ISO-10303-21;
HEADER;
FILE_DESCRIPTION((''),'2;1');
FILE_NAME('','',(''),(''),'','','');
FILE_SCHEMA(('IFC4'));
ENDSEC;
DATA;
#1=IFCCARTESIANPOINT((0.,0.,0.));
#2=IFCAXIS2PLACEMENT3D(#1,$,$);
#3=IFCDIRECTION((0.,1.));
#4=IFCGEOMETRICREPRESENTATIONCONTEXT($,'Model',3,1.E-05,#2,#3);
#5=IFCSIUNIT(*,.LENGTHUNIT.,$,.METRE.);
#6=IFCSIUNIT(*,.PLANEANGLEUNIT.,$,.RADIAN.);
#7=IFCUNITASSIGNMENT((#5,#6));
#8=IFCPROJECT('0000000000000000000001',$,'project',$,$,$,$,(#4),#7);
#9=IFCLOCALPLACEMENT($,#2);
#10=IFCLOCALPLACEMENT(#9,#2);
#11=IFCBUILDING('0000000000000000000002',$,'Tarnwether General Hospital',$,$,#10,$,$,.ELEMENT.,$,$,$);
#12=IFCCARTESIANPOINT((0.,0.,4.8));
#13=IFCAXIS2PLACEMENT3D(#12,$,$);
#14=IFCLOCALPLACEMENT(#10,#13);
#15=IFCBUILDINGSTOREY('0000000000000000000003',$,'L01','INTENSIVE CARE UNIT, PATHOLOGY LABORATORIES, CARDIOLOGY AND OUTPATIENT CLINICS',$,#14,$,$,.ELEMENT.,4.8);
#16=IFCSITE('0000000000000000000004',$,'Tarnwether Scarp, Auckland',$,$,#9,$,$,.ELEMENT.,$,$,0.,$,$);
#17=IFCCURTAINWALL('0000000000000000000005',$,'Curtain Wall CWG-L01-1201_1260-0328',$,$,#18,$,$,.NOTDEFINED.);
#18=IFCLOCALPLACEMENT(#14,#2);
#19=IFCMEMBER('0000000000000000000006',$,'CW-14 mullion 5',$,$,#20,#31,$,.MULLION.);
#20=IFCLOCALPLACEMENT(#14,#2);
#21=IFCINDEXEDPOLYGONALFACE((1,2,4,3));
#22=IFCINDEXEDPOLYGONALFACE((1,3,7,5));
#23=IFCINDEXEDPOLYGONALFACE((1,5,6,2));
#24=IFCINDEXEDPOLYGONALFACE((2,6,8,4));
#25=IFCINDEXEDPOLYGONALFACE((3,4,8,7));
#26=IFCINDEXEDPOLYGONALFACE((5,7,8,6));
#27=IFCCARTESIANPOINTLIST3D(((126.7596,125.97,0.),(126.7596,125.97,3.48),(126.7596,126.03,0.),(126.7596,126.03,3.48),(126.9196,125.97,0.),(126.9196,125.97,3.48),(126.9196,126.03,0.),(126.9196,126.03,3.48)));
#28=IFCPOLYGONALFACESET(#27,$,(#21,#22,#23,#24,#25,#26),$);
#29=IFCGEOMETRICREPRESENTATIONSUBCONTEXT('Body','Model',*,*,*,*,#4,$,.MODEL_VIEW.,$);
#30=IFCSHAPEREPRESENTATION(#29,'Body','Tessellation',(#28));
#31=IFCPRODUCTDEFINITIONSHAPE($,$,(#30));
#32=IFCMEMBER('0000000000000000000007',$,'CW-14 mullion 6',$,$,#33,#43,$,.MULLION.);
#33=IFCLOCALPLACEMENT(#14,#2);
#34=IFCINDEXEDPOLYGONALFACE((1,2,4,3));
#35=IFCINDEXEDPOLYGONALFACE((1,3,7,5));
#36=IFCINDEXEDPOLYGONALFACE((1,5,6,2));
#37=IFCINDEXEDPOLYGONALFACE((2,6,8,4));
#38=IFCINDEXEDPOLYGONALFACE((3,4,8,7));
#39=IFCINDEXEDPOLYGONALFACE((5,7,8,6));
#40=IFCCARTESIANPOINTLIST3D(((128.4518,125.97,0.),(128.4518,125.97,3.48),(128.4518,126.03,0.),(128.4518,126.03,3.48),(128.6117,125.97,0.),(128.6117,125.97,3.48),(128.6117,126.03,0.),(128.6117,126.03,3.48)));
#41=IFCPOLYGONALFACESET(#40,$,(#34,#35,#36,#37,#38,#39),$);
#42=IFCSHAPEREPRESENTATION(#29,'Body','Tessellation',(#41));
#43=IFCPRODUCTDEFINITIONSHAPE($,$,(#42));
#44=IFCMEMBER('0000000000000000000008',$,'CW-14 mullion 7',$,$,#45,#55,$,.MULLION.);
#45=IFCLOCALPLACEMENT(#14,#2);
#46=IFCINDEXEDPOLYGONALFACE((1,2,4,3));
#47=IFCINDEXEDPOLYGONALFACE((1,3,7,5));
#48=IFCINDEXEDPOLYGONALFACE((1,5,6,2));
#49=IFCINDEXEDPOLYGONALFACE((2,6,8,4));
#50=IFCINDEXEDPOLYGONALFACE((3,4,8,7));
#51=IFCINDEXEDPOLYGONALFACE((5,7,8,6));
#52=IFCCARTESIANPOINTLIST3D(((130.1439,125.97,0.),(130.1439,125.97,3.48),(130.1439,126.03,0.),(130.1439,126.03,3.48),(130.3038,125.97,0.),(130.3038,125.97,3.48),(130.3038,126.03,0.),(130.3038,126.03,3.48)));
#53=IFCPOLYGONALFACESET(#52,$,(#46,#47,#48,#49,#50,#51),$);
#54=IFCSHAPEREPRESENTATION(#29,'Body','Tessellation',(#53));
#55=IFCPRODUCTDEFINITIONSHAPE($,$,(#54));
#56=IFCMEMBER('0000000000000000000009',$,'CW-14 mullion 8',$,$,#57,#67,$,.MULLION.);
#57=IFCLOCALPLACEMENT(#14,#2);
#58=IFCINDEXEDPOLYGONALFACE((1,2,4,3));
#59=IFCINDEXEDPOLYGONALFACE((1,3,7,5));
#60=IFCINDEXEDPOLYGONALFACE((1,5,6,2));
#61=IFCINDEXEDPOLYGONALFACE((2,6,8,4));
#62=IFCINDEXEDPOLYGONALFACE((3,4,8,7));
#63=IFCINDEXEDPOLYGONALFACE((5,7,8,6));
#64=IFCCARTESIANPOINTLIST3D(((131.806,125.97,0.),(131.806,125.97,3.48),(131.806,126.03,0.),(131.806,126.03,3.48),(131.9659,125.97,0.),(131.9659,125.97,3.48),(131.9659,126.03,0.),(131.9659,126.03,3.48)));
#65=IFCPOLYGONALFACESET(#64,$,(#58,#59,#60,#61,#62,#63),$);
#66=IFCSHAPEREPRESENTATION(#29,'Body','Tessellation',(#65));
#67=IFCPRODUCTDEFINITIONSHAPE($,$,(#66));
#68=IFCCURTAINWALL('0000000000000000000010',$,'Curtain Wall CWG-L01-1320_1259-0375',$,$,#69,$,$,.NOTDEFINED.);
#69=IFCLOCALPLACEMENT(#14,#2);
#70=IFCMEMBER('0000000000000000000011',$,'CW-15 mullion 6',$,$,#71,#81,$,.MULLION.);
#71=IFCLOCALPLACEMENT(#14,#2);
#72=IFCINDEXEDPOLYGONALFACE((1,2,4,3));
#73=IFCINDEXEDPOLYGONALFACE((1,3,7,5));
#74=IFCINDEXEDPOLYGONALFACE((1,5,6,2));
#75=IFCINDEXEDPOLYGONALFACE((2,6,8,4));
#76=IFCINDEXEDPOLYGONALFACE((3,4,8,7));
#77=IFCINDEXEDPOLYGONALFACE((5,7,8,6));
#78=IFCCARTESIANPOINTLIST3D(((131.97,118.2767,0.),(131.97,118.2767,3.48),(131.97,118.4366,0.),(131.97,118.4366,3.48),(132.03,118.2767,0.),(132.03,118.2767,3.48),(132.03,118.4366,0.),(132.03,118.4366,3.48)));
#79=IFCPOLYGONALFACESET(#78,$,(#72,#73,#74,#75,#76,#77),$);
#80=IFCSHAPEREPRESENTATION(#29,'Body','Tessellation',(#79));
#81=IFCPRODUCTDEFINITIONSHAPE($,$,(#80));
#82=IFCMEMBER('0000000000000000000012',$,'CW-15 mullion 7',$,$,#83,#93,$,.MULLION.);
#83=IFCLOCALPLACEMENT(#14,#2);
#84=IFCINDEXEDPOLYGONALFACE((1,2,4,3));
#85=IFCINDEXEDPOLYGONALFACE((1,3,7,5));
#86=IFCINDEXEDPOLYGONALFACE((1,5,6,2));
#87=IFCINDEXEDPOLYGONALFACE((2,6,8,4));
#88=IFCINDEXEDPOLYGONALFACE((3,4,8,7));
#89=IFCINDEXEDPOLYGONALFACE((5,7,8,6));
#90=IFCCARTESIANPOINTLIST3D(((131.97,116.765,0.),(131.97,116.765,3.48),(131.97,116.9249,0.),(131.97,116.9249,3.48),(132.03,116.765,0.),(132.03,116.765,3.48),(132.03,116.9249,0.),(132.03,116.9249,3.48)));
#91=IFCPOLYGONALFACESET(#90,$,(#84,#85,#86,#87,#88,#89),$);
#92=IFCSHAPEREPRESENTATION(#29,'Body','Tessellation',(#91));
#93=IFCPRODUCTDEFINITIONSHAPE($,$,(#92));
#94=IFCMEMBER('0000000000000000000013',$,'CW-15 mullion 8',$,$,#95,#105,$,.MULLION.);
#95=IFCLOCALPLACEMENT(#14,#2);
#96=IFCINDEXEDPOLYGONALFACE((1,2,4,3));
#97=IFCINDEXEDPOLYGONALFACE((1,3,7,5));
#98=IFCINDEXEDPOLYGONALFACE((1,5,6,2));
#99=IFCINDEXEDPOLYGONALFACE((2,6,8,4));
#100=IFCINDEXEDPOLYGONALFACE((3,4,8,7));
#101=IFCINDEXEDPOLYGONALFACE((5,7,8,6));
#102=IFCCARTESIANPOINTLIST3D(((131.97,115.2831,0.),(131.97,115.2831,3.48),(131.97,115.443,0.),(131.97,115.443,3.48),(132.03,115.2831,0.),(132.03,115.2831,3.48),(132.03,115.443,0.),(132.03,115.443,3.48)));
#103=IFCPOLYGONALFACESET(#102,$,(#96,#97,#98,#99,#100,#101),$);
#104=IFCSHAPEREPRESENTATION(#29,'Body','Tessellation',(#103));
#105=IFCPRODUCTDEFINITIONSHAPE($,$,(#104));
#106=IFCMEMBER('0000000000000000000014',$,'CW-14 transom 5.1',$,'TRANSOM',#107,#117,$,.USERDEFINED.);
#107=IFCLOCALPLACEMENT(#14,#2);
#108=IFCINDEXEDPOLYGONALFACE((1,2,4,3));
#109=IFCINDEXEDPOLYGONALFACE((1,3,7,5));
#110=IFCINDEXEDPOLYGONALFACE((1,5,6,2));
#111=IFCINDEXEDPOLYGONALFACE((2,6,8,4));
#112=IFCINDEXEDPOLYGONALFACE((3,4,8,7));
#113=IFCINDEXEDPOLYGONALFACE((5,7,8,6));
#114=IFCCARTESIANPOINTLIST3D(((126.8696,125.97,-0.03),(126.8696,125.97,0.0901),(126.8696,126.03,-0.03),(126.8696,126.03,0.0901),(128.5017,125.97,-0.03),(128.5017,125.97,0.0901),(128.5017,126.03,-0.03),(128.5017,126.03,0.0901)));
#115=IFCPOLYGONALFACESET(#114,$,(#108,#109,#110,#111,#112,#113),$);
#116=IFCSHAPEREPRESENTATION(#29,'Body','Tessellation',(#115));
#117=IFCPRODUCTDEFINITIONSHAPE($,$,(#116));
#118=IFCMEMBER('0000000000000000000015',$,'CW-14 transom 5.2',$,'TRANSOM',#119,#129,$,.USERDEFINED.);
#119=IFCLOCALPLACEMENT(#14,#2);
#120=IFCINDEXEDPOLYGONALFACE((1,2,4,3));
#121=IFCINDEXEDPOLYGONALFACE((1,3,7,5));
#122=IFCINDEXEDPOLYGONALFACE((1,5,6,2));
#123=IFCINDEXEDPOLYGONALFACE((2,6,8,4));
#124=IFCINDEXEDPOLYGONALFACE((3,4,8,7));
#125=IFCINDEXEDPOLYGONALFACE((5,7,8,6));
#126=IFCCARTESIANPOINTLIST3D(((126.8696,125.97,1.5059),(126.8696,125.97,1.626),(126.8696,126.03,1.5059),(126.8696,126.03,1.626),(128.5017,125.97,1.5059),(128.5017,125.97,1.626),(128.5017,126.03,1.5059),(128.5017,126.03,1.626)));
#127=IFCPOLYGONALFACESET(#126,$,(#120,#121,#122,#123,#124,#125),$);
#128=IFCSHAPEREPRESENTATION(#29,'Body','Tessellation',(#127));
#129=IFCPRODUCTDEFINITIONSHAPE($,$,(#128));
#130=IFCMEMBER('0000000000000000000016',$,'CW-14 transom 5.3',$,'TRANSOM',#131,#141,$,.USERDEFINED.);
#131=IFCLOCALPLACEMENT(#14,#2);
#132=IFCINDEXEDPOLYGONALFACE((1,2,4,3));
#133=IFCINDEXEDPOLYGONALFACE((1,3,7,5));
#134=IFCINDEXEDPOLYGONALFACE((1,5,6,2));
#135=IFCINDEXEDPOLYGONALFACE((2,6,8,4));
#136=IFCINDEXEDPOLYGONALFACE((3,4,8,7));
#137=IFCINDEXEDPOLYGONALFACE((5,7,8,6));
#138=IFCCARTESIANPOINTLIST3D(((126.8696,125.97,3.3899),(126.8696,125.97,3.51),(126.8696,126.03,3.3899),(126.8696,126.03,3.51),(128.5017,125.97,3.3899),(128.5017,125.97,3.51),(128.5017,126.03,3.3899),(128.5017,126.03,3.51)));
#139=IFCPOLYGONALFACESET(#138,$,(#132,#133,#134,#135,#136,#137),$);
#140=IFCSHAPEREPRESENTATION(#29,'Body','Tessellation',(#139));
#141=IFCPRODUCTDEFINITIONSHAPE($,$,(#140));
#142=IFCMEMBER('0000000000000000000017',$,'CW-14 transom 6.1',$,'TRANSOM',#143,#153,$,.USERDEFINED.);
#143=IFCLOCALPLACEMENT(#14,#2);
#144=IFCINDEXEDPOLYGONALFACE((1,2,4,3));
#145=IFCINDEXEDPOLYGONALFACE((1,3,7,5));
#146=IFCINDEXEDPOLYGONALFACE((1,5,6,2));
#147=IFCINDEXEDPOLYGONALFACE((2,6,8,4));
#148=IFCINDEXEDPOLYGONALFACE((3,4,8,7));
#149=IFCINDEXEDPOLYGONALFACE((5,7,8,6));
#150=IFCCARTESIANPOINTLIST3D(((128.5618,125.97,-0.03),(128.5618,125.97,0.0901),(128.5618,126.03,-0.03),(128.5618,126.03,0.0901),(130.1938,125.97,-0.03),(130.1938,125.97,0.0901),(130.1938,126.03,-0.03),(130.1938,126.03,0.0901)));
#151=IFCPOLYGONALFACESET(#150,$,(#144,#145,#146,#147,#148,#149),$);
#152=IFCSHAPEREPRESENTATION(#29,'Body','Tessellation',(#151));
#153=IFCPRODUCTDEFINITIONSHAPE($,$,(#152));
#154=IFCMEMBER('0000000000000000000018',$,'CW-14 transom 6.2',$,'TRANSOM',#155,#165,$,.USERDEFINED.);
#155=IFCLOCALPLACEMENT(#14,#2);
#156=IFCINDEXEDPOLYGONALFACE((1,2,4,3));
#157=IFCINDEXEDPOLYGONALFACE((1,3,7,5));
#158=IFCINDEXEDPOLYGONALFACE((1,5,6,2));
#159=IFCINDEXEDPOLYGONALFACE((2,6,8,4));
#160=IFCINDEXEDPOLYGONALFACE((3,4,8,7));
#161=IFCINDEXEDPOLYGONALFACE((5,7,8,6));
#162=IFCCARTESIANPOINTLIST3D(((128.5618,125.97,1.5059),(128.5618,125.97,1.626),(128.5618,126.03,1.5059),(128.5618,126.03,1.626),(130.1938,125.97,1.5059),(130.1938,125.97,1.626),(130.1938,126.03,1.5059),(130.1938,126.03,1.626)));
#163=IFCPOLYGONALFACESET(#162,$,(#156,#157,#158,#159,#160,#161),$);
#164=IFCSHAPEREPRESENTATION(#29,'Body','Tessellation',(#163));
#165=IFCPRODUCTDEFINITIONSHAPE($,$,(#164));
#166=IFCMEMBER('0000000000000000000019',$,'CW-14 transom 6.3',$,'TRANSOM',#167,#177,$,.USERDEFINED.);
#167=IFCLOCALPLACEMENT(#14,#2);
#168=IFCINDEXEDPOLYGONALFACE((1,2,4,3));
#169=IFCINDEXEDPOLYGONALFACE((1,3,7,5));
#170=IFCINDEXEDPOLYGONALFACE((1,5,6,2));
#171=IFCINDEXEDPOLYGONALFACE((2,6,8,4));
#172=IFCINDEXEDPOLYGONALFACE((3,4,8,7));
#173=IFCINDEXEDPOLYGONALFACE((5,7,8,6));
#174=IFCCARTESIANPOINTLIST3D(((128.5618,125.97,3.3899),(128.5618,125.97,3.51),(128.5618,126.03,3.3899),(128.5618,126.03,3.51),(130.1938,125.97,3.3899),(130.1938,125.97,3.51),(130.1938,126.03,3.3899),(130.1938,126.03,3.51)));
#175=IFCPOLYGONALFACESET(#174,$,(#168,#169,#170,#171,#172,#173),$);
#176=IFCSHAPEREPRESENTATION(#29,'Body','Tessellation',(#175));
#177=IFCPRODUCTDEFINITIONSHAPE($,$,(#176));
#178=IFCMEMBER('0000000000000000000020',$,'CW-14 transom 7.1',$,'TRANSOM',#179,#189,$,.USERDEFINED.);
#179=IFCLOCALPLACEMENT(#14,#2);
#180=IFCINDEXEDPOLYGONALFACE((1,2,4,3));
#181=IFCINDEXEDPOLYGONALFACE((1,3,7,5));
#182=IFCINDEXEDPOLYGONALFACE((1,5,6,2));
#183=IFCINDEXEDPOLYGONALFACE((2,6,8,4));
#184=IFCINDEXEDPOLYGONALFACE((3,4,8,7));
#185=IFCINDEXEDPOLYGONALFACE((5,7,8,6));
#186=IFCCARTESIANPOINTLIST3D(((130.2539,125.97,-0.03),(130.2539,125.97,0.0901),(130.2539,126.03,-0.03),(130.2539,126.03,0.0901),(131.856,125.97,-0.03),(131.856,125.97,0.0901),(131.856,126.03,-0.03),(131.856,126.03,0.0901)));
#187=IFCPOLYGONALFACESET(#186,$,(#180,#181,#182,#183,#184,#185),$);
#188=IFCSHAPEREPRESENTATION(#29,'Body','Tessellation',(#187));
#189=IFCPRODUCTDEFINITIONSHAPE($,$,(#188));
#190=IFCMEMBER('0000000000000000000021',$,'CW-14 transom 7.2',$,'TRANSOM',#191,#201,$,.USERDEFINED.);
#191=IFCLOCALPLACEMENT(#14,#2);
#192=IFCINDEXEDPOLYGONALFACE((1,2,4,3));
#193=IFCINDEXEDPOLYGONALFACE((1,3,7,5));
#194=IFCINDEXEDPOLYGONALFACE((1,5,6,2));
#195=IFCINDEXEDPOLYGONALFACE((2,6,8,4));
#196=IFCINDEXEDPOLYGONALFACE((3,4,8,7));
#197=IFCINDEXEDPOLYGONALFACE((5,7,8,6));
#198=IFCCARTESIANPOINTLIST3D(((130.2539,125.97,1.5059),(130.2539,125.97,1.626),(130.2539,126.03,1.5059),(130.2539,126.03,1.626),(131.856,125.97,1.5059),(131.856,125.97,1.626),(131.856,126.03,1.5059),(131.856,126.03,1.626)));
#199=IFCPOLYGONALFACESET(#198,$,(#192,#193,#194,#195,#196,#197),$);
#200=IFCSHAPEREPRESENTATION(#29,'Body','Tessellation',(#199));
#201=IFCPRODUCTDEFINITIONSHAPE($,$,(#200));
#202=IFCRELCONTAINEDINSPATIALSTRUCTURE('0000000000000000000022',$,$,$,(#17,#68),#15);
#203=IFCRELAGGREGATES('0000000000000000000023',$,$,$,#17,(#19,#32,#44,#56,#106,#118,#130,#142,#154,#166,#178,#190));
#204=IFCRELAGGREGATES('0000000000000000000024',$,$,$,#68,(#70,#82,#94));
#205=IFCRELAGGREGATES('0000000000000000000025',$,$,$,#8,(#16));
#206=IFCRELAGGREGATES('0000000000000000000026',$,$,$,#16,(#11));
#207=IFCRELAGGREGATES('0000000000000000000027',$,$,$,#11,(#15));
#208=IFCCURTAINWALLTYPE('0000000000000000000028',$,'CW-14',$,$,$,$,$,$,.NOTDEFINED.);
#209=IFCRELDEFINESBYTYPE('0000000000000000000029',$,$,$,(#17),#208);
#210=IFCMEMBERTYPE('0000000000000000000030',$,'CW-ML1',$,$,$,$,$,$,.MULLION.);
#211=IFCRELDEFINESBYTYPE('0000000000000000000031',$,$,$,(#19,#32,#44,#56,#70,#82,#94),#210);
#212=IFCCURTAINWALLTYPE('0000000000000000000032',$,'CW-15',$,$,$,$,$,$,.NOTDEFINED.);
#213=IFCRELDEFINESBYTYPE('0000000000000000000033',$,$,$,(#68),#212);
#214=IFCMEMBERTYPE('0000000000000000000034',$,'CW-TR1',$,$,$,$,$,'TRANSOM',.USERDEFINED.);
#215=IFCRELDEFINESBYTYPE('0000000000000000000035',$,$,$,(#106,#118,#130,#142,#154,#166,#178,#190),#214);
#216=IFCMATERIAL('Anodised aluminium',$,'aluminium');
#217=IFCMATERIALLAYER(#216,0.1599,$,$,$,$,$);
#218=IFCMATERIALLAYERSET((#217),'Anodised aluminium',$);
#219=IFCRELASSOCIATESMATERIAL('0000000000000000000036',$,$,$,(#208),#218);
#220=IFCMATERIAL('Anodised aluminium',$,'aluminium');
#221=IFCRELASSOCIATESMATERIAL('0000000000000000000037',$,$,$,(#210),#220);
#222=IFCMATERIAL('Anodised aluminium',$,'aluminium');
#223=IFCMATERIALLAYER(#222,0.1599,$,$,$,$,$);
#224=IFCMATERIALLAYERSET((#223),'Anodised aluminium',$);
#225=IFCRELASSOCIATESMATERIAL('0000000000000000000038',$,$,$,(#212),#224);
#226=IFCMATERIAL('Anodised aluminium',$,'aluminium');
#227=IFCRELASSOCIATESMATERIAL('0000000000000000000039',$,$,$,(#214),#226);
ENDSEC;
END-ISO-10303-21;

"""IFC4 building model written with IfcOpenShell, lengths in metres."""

from ifc_helpers import new_model, si_unit, direction, frame, origin, origin_2d, place, context, subcontext, project, spatial, rectangle, extrude, material, layer, layer_set, material_profile, profile_set, type_object, element, aggregate, save


model = new_model("IFC4")

# Units and contexts
model_context = context("Model", 3, precision=1e-05, world=origin(), true_north=direction((0.0, 1.0)))
body_context = subcontext(model_context, "Body", "Model", "MODEL_VIEW")
ifc_project = project(units=[si_unit("LENGTHUNIT", "METRE"), si_unit("PLANEANGLEUNIT", "RADIAN")], contexts=[model_context])

# Site, building, storey
site_placement = place(None, origin())
site = spatial("IfcSite", under=ifc_project, at=site_placement, Name="Tarnwether Scarp, Auckland", CompositionType="ELEMENT", RefElevation=0.0)
building_placement = place(site_placement, origin())
building = spatial("IfcBuilding", under=site, at=building_placement, Name="Tarnwether General Hospital", CompositionType="ELEMENT")
storey_placement = place(building_placement, frame((0.0, 0.0, 4.8)))
storey = spatial("IfcBuildingStorey", under=building, at=storey_placement, Name="L01", Description="INTENSIVE CARE UNIT, PATHOLOGY LABORATORIES, CARDIOLOGY AND OUTPATIENT CLINICS", CompositionType="ELEMENT", Elevation=4.8)

# Curtain walls, members
ifc_material_1 = material(Name="Anodised aluminium", Category="aluminium")
ifc_layer_1 = layer(ifc_material_1, 0.1599)
ifc_layer_set_1 = layer_set([ifc_layer_1], Name="Anodised aluminium")
curtain_wall_type_1 = type_object("IfcCurtainWallType", Name="CW-14", PredefinedType="NOTDEFINED", material=ifc_layer_set_1)
curtain_wall_1_placement = place(storey_placement, origin())
curtain_wall_1 = element("IfcCurtainWall", 1, at=curtain_wall_1_placement, inside=storey, type_object=curtain_wall_type_1, Name="Curtain Wall CWG-L01-1201_1260-0328", PredefinedType="NOTDEFINED")
ifc_material_2 = material(Name="Anodised aluminium", Category="aluminium")
ifc_material_profile_1 = material_profile(ifc_material_2, rectangle(XDim=0.0601, YDim=0.1599, at=origin_2d()), Name="ALU-MUL-60x160")
ifc_profile_set_1 = profile_set([ifc_material_profile_1], Name="Anodised aluminium")
member_type_1 = type_object("IfcMemberType", Name="CW-ML1", PredefinedType="MULLION", material=ifc_profile_set_1)
member_1_placement = place(storey_placement, frame((126.8396, 126.0, 0.0), z_axis=(0.0, 0.0, 1.0), x_axis=(0.0, 1.0, 0.0)))
member_1 = element("IfcMember", 2, at=member_1_placement, type_object=member_type_1, Name="CW-14 mullion 5", PredefinedType="MULLION", context=body_context, shape_type="SweptSolid", body=[
    extrude(rectangle(XDim=0.0601, YDim=0.1599, at=origin_2d()), origin(), (0.0, 0.0, 1.0), 3.48),
])
member_2_placement = place(storey_placement, frame((128.5317, 126.0, 0.0), z_axis=(0.0, 0.0, 1.0), x_axis=(0.0, 1.0, 0.0)))
member_2 = element("IfcMember", 3, at=member_2_placement, type_object=member_type_1, Name="CW-14 mullion 6", PredefinedType="MULLION", context=body_context, shape_type="SweptSolid", body=[
    extrude(rectangle(XDim=0.0601, YDim=0.1599, at=origin_2d()), origin(), (0.0, 0.0, 1.0), 3.48),
])
member_3_placement = place(storey_placement, frame((130.2239, 126.0, 0.0), z_axis=(0.0, 0.0, 1.0), x_axis=(0.0, 1.0, 0.0)))
member_3 = element("IfcMember", 4, at=member_3_placement, type_object=member_type_1, Name="CW-14 mullion 7", PredefinedType="MULLION", context=body_context, shape_type="SweptSolid", body=[
    extrude(rectangle(XDim=0.0601, YDim=0.1599, at=origin_2d()), origin(), (0.0, 0.0, 1.0), 3.48),
])
member_4_placement = place(storey_placement, frame((131.886, 126.0, 0.0), z_axis=(0.0, 0.0, 1.0), x_axis=(0.0, 1.0, 0.0)))
member_4 = element("IfcMember", 5, at=member_4_placement, type_object=member_type_1, Name="CW-14 mullion 8", PredefinedType="MULLION", context=body_context, shape_type="SweptSolid", body=[
    extrude(rectangle(XDim=0.0601, YDim=0.1599, at=origin_2d()), origin(), (0.0, 0.0, 1.0), 3.48),
])
ifc_material_3 = material(Name="Anodised aluminium", Category="aluminium")
ifc_layer_2 = layer(ifc_material_3, 0.1599)
ifc_layer_set_2 = layer_set([ifc_layer_2], Name="Anodised aluminium")
curtain_wall_type_2 = type_object("IfcCurtainWallType", Name="CW-15", PredefinedType="NOTDEFINED", material=ifc_layer_set_2)
curtain_wall_2_placement = place(storey_placement, origin())
curtain_wall_2 = element("IfcCurtainWall", 6, at=curtain_wall_2_placement, inside=storey, type_object=curtain_wall_type_2, Name="Curtain Wall CWG-L01-1320_1259-0375", PredefinedType="NOTDEFINED")
member_5_placement = place(storey_placement, frame((132.0, 118.3567, 0.0), z_axis=(0.0, 0.0, 1.0), x_axis=(1.0, 0.0, 0.0)))
member_5 = element("IfcMember", 7, at=member_5_placement, type_object=member_type_1, Name="CW-15 mullion 6", PredefinedType="MULLION", context=body_context, shape_type="SweptSolid", body=[
    extrude(rectangle(XDim=0.0601, YDim=0.1599, at=origin_2d()), origin(), (0.0, 0.0, 1.0), 3.48),
])
member_6_placement = place(storey_placement, frame((132.0, 116.845, 0.0), z_axis=(0.0, 0.0, 1.0), x_axis=(1.0, 0.0, 0.0)))
member_6 = element("IfcMember", 8, at=member_6_placement, type_object=member_type_1, Name="CW-15 mullion 7", PredefinedType="MULLION", context=body_context, shape_type="SweptSolid", body=[
    extrude(rectangle(XDim=0.0601, YDim=0.1599, at=origin_2d()), origin(), (0.0, 0.0, 1.0), 3.48),
])
member_7_placement = place(storey_placement, frame((132.0, 115.363, 0.0), z_axis=(0.0, 0.0, 1.0), x_axis=(1.0, 0.0, 0.0)))
member_7 = element("IfcMember", 9, at=member_7_placement, type_object=member_type_1, Name="CW-15 mullion 8", PredefinedType="MULLION", context=body_context, shape_type="SweptSolid", body=[
    extrude(rectangle(XDim=0.0601, YDim=0.1599, at=origin_2d()), origin(), (0.0, 0.0, 1.0), 3.48),
])

# Members
ifc_material_4 = material(Name="Anodised aluminium", Category="aluminium")
ifc_material_profile_2 = material_profile(ifc_material_4, rectangle(XDim=0.0601, YDim=0.1201, at=origin_2d()), Name="ALU-TRN-60x120")
ifc_profile_set_2 = profile_set([ifc_material_profile_2], Name="Anodised aluminium")
member_type_2 = type_object("IfcMemberType", Name="CW-TR1", ElementType="TRANSOM", PredefinedType="USERDEFINED", material=ifc_profile_set_2)
member_8_placement = place(storey_placement, frame((126.8696, 126.0, 0.03), z_axis=(1.0, 0.0, 0.0), x_axis=(0.0, 1.0, 0.0)))
member_8 = element("IfcMember", 10, at=member_8_placement, type_object=member_type_2, Name="CW-14 transom 5.1", ObjectType="TRANSOM", PredefinedType="USERDEFINED", context=body_context, shape_type="SweptSolid", body=[
    extrude(rectangle(XDim=0.0601, YDim=0.1201, at=origin_2d()), origin(), (0.0, 0.0, 1.0), 1.6321),
])
member_9_placement = place(storey_placement, frame((126.8696, 126.0, 1.5659), z_axis=(1.0, 0.0, 0.0), x_axis=(0.0, 1.0, 0.0)))
member_9 = element("IfcMember", 11, at=member_9_placement, type_object=member_type_2, Name="CW-14 transom 5.2", ObjectType="TRANSOM", PredefinedType="USERDEFINED", context=body_context, shape_type="SweptSolid", body=[
    extrude(rectangle(XDim=0.0601, YDim=0.1201, at=origin_2d()), origin(), (0.0, 0.0, 1.0), 1.6321),
])
member_10_placement = place(storey_placement, frame((126.8696, 126.0, 3.45), z_axis=(1.0, 0.0, 0.0), x_axis=(0.0, 1.0, 0.0)))
member_10 = element("IfcMember", 12, at=member_10_placement, type_object=member_type_2, Name="CW-14 transom 5.3", ObjectType="TRANSOM", PredefinedType="USERDEFINED", context=body_context, shape_type="SweptSolid", body=[
    extrude(rectangle(XDim=0.0601, YDim=0.1201, at=origin_2d()), origin(), (0.0, 0.0, 1.0), 1.6321),
])
member_11_placement = place(storey_placement, frame((128.5618, 126.0, 0.03), z_axis=(1.0, 0.0, 0.0), x_axis=(0.0, 1.0, 0.0)))
member_11 = element("IfcMember", 13, at=member_11_placement, type_object=member_type_2, Name="CW-14 transom 6.1", ObjectType="TRANSOM", PredefinedType="USERDEFINED", context=body_context, shape_type="SweptSolid", body=[
    extrude(rectangle(XDim=0.0601, YDim=0.1201, at=origin_2d()), origin(), (0.0, 0.0, 1.0), 1.6321),
])
member_12_placement = place(storey_placement, frame((128.5618, 126.0, 1.5659), z_axis=(1.0, 0.0, 0.0), x_axis=(0.0, 1.0, 0.0)))
member_12 = element("IfcMember", 14, at=member_12_placement, type_object=member_type_2, Name="CW-14 transom 6.2", ObjectType="TRANSOM", PredefinedType="USERDEFINED", context=body_context, shape_type="SweptSolid", body=[
    extrude(rectangle(XDim=0.0601, YDim=0.1201, at=origin_2d()), origin(), (0.0, 0.0, 1.0), 1.6321),
])
member_13_placement = place(storey_placement, frame((128.5618, 126.0, 3.45), z_axis=(1.0, 0.0, 0.0), x_axis=(0.0, 1.0, 0.0)))
member_13 = element("IfcMember", 15, at=member_13_placement, type_object=member_type_2, Name="CW-14 transom 6.3", ObjectType="TRANSOM", PredefinedType="USERDEFINED", context=body_context, shape_type="SweptSolid", body=[
    extrude(rectangle(XDim=0.0601, YDim=0.1201, at=origin_2d()), origin(), (0.0, 0.0, 1.0), 1.6321),
])
member_14_placement = place(storey_placement, frame((130.2539, 126.0, 0.03), z_axis=(1.0, 0.0, 0.0), x_axis=(0.0, 1.0, 0.0)))
member_14 = element("IfcMember", 16, at=member_14_placement, type_object=member_type_2, Name="CW-14 transom 7.1", ObjectType="TRANSOM", PredefinedType="USERDEFINED", context=body_context, shape_type="SweptSolid", body=[
    extrude(rectangle(XDim=0.0601, YDim=0.1201, at=origin_2d()), origin(), (0.0, 0.0, 1.0), 1.6021),
])
member_15_placement = place(storey_placement, frame((130.2539, 126.0, 1.5659), z_axis=(1.0, 0.0, 0.0), x_axis=(0.0, 1.0, 0.0)))
member_15 = element("IfcMember", 17, at=member_15_placement, type_object=member_type_2, Name="CW-14 transom 7.2", ObjectType="TRANSOM", PredefinedType="USERDEFINED", context=body_context, shape_type="SweptSolid", body=[
    extrude(rectangle(XDim=0.0601, YDim=0.1201, at=origin_2d()), origin(), (0.0, 0.0, 1.0), 1.6021),
])

aggregate(curtain_wall_1, [member_1, member_2, member_3, member_4, member_8, member_9, member_10, member_11, member_12, member_13, member_14, member_15])
aggregate(curtain_wall_2, [member_5, member_6, member_7])

save(model, "model.ifc")
